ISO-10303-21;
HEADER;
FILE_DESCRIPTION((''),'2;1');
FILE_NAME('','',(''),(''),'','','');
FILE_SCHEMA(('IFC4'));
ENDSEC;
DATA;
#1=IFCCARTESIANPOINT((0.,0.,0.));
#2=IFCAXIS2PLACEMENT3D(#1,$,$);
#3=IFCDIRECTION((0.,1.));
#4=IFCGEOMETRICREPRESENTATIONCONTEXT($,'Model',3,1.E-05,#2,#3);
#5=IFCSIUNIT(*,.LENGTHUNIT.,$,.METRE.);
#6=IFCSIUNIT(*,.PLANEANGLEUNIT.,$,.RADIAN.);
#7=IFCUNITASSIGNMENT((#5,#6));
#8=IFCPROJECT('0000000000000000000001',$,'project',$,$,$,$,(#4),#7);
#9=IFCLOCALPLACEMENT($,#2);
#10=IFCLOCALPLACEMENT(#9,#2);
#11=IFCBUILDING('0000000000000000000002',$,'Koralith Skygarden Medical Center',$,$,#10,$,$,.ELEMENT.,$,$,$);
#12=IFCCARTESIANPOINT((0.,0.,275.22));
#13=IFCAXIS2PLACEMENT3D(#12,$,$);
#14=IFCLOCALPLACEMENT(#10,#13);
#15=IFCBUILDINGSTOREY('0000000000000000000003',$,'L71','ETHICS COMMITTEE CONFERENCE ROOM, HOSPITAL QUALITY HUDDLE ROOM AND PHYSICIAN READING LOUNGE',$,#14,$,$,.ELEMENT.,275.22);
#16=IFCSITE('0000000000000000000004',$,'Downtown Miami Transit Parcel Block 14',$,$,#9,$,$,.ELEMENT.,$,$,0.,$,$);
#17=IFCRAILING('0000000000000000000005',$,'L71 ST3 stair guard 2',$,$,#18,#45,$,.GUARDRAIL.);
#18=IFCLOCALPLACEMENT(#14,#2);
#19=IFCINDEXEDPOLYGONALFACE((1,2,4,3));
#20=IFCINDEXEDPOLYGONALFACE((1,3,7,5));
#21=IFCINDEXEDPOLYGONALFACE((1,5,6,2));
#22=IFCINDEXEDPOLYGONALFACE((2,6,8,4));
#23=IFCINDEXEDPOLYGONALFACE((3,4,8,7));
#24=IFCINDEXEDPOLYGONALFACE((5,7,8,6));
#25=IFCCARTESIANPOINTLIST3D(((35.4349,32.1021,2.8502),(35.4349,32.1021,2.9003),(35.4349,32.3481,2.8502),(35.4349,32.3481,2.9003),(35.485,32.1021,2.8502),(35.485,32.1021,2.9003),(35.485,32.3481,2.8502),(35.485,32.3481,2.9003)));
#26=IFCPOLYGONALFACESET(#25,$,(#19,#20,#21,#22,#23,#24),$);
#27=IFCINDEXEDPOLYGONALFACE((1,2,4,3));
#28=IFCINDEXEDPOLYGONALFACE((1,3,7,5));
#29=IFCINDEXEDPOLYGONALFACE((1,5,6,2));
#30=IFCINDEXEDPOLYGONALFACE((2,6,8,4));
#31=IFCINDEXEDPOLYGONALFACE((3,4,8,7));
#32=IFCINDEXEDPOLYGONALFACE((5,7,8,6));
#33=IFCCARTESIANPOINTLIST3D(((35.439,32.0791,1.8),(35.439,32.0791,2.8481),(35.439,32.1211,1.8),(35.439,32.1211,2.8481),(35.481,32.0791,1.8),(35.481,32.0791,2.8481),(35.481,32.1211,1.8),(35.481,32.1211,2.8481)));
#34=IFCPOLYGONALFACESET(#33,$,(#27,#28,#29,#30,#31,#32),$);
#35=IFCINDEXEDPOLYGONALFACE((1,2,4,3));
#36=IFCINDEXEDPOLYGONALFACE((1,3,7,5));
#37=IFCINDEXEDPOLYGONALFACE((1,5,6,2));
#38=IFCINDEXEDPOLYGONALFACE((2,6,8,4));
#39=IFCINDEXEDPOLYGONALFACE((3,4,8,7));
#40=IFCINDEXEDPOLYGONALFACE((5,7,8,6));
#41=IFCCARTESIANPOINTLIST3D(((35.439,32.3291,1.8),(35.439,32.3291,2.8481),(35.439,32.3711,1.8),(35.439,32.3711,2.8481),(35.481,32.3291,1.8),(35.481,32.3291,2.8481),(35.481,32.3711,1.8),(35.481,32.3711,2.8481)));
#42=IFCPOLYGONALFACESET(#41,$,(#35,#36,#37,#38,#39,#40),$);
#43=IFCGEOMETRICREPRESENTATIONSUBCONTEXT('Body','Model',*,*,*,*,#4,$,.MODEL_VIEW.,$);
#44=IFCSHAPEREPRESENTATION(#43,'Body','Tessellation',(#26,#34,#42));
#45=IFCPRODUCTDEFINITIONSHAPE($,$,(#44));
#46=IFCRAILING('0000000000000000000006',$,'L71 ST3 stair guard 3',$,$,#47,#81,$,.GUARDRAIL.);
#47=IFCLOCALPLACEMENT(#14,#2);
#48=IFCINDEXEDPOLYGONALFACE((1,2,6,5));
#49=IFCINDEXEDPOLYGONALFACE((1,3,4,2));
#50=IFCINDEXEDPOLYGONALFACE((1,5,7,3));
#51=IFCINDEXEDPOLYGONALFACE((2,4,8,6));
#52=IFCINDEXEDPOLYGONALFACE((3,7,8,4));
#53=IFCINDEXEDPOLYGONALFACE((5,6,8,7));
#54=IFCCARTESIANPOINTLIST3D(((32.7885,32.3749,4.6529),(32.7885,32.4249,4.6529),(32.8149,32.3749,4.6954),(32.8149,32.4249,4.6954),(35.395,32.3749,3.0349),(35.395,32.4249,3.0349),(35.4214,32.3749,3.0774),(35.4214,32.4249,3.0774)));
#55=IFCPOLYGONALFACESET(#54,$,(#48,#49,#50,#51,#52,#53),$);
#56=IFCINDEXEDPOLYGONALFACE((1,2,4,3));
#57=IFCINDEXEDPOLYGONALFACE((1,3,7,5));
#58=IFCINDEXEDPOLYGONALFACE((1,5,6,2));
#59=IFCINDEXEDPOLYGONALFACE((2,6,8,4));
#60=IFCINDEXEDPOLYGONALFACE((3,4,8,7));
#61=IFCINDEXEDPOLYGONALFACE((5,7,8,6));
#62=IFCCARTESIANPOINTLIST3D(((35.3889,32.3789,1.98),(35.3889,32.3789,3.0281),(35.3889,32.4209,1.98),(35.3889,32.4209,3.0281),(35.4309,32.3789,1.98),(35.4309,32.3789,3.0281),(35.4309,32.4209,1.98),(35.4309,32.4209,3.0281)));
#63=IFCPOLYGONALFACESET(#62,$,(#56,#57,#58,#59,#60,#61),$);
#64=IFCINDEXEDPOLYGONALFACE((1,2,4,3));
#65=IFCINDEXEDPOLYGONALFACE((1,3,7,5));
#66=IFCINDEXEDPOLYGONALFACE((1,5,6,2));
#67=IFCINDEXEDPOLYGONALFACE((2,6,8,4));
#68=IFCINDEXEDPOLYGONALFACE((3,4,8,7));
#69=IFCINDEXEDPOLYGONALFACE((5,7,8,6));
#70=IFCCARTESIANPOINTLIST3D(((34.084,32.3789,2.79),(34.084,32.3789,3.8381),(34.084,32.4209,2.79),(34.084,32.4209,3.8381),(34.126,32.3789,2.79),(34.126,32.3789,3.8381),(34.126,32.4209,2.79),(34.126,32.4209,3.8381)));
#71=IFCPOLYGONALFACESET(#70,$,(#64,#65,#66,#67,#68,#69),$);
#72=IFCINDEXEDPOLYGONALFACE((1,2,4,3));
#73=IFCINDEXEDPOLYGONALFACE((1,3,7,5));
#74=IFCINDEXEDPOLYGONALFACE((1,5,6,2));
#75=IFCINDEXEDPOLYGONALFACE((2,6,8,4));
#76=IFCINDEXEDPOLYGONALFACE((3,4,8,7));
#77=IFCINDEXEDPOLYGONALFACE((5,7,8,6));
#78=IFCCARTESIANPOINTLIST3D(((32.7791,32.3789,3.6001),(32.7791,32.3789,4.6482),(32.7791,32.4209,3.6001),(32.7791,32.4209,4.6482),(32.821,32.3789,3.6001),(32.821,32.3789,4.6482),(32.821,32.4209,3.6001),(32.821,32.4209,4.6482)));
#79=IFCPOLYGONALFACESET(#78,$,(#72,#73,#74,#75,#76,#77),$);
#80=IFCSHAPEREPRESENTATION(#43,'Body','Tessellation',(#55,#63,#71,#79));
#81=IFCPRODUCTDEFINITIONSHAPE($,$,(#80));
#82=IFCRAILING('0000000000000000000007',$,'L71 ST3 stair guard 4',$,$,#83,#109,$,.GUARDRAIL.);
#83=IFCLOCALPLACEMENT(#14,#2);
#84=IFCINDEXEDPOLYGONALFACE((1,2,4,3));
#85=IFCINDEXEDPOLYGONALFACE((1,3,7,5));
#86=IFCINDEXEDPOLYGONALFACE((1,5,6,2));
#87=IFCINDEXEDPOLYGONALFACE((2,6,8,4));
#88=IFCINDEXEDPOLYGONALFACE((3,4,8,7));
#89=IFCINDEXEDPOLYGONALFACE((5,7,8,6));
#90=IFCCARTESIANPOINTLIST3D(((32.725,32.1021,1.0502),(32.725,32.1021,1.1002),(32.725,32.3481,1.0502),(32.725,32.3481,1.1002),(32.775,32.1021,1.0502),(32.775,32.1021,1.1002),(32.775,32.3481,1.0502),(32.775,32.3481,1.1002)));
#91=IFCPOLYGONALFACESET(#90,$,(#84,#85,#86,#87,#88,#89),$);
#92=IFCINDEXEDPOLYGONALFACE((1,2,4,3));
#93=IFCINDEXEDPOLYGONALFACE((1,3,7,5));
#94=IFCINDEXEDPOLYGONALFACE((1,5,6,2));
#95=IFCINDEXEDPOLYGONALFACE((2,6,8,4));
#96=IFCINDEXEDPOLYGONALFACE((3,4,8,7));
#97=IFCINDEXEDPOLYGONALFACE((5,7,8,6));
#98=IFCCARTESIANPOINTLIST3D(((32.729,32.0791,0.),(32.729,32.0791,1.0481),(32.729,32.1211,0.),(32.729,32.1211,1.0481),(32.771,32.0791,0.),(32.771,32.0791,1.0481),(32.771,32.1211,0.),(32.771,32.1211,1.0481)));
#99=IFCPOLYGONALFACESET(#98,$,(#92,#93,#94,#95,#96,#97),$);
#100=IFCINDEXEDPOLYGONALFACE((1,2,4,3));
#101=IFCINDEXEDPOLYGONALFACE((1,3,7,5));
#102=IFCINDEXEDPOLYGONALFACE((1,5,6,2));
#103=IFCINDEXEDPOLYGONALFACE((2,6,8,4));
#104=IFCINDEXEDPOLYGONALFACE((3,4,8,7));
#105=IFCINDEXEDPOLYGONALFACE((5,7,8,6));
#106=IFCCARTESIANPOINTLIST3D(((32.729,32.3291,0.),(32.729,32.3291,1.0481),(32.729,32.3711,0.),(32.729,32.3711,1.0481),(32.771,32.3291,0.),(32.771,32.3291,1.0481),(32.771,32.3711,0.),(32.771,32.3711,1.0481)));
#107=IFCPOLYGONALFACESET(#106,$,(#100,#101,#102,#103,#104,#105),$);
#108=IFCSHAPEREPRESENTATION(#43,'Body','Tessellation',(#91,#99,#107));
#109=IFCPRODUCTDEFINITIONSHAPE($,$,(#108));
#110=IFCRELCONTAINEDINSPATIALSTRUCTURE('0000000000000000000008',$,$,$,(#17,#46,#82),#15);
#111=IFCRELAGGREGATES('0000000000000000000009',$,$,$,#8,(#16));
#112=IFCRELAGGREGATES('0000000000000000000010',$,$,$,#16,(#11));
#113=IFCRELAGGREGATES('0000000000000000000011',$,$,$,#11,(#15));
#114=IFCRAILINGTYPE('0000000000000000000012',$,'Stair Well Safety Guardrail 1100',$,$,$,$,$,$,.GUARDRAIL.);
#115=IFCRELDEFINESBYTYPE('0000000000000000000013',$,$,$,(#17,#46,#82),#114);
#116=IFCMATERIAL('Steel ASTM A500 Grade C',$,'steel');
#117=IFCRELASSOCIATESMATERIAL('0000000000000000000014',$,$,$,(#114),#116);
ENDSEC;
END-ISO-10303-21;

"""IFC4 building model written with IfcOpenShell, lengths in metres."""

from ifc_helpers import new_model, si_unit, direction, frame, origin, origin_2d, place, context, subcontext, project, spatial, rectangle, extrude, material, type_object, element, save


model = new_model("IFC4")

# Units and contexts
model_context = context("Model", 3, precision=1e-05, world=origin(), true_north=direction((0.0, 1.0)))
body_context = subcontext(model_context, "Body", "Model", "MODEL_VIEW")
ifc_project = project(units=[si_unit("LENGTHUNIT", "METRE"), si_unit("PLANEANGLEUNIT", "RADIAN")], contexts=[model_context])

# Site, building, storey
site_placement = place(None, origin())
site = spatial("IfcSite", under=ifc_project, at=site_placement, Name="Downtown Miami Transit Parcel Block 14", CompositionType="ELEMENT", RefElevation=0.0)
building_placement = place(site_placement, origin())
building = spatial("IfcBuilding", under=site, at=building_placement, Name="Koralith Skygarden Medical Center", CompositionType="ELEMENT")
storey_placement = place(building_placement, frame((0.0, 0.0, 275.22)))
storey = spatial("IfcBuildingStorey", under=building, at=storey_placement, Name="L71", Description="ETHICS COMMITTEE CONFERENCE ROOM, HOSPITAL QUALITY HUDDLE ROOM AND PHYSICIAN READING LOUNGE", CompositionType="ELEMENT", Elevation=275.22)

# Shared definitions
ifc_material_1 = material(Name="Steel ASTM A500 Grade C", Category="steel")

# Railings
railing_type_1 = type_object("IfcRailingType", Name="Stair Well Safety Guardrail 1100", PredefinedType="GUARDRAIL", material=ifc_material_1)
railing_1_placement = place(storey_placement, frame((35.46, 32.1001, 1.8)))
element("IfcRailing", 1, at=railing_1_placement, inside=storey, type_object=railing_type_1, Name="L71 ST3 stair guard 2", PredefinedType="GUARDRAIL", context=body_context, shape_type="SweptSolid", body=[
    extrude(rectangle(XDim=0.05, YDim=0.05, at=origin_2d()), frame((0.0, 0.002, 1.0752), z_axis=(0.0, 1.0, 0.0), x_axis=(-1.0, 0.0, 0.0)), (0.0, 0.0, 1.0), 0.2461),
    extrude(rectangle(XDim=0.042, YDim=0.042, at=origin_2d()), origin(), (0.0, 0.0, 1.0), 1.0481),
    extrude(rectangle(XDim=0.042, YDim=0.042, at=origin_2d()), frame((0.0, 0.25, 0.0)), (0.0, 0.0, 1.0), 1.0481),
])
railing_2_placement = place(storey_placement, frame((35.4099, 32.3999, 1.98)))
element("IfcRailing", 2, at=railing_2_placement, inside=storey, type_object=railing_type_1, Name="L71 ST3 stair guard 3", PredefinedType="GUARDRAIL", context=body_context, shape_type="SweptSolid", body=[
    extrude(rectangle(XDim=0.05, YDim=0.05, at=origin_2d()), frame((-0.0017, 0.0, 1.0762), z_axis=(-0.849611, 0.0, 0.52741), x_axis=(0.0, -1.0, 0.0)), (0.0, 0.0, 1.0), 3.0679),
    extrude(rectangle(XDim=0.042, YDim=0.042, at=origin_2d()), origin(), (0.0, 0.0, 1.0), 1.0481),
    extrude(rectangle(XDim=0.042, YDim=0.042, at=origin_2d()), frame((-1.3049, 0.0, 0.8101)), (0.0, 0.0, 1.0), 1.0481),
    extrude(rectangle(XDim=0.042, YDim=0.042, at=origin_2d()), frame((-2.6099, 0.0, 1.6201)), (0.0, 0.0, 1.0), 1.0481),
])
railing_3_placement = place(storey_placement, frame((32.75, 32.1001, 0.0)))
element("IfcRailing", 3, at=railing_3_placement, inside=storey, type_object=railing_type_1, Name="L71 ST3 stair guard 4", PredefinedType="GUARDRAIL", context=body_context, shape_type="SweptSolid", body=[
    extrude(rectangle(XDim=0.05, YDim=0.05, at=origin_2d()), frame((0.0, 0.002, 1.0752), z_axis=(0.0, 1.0, 0.0), x_axis=(-1.0, 0.0, 0.0)), (0.0, 0.0, 1.0), 0.2461),
    extrude(rectangle(XDim=0.042, YDim=0.042, at=origin_2d()), origin(), (0.0, 0.0, 1.0), 1.0481),
    extrude(rectangle(XDim=0.042, YDim=0.042, at=origin_2d()), frame((0.0, 0.25, 0.0)), (0.0, 0.0, 1.0), 1.0481),
])

save(model, "model.ifc")
